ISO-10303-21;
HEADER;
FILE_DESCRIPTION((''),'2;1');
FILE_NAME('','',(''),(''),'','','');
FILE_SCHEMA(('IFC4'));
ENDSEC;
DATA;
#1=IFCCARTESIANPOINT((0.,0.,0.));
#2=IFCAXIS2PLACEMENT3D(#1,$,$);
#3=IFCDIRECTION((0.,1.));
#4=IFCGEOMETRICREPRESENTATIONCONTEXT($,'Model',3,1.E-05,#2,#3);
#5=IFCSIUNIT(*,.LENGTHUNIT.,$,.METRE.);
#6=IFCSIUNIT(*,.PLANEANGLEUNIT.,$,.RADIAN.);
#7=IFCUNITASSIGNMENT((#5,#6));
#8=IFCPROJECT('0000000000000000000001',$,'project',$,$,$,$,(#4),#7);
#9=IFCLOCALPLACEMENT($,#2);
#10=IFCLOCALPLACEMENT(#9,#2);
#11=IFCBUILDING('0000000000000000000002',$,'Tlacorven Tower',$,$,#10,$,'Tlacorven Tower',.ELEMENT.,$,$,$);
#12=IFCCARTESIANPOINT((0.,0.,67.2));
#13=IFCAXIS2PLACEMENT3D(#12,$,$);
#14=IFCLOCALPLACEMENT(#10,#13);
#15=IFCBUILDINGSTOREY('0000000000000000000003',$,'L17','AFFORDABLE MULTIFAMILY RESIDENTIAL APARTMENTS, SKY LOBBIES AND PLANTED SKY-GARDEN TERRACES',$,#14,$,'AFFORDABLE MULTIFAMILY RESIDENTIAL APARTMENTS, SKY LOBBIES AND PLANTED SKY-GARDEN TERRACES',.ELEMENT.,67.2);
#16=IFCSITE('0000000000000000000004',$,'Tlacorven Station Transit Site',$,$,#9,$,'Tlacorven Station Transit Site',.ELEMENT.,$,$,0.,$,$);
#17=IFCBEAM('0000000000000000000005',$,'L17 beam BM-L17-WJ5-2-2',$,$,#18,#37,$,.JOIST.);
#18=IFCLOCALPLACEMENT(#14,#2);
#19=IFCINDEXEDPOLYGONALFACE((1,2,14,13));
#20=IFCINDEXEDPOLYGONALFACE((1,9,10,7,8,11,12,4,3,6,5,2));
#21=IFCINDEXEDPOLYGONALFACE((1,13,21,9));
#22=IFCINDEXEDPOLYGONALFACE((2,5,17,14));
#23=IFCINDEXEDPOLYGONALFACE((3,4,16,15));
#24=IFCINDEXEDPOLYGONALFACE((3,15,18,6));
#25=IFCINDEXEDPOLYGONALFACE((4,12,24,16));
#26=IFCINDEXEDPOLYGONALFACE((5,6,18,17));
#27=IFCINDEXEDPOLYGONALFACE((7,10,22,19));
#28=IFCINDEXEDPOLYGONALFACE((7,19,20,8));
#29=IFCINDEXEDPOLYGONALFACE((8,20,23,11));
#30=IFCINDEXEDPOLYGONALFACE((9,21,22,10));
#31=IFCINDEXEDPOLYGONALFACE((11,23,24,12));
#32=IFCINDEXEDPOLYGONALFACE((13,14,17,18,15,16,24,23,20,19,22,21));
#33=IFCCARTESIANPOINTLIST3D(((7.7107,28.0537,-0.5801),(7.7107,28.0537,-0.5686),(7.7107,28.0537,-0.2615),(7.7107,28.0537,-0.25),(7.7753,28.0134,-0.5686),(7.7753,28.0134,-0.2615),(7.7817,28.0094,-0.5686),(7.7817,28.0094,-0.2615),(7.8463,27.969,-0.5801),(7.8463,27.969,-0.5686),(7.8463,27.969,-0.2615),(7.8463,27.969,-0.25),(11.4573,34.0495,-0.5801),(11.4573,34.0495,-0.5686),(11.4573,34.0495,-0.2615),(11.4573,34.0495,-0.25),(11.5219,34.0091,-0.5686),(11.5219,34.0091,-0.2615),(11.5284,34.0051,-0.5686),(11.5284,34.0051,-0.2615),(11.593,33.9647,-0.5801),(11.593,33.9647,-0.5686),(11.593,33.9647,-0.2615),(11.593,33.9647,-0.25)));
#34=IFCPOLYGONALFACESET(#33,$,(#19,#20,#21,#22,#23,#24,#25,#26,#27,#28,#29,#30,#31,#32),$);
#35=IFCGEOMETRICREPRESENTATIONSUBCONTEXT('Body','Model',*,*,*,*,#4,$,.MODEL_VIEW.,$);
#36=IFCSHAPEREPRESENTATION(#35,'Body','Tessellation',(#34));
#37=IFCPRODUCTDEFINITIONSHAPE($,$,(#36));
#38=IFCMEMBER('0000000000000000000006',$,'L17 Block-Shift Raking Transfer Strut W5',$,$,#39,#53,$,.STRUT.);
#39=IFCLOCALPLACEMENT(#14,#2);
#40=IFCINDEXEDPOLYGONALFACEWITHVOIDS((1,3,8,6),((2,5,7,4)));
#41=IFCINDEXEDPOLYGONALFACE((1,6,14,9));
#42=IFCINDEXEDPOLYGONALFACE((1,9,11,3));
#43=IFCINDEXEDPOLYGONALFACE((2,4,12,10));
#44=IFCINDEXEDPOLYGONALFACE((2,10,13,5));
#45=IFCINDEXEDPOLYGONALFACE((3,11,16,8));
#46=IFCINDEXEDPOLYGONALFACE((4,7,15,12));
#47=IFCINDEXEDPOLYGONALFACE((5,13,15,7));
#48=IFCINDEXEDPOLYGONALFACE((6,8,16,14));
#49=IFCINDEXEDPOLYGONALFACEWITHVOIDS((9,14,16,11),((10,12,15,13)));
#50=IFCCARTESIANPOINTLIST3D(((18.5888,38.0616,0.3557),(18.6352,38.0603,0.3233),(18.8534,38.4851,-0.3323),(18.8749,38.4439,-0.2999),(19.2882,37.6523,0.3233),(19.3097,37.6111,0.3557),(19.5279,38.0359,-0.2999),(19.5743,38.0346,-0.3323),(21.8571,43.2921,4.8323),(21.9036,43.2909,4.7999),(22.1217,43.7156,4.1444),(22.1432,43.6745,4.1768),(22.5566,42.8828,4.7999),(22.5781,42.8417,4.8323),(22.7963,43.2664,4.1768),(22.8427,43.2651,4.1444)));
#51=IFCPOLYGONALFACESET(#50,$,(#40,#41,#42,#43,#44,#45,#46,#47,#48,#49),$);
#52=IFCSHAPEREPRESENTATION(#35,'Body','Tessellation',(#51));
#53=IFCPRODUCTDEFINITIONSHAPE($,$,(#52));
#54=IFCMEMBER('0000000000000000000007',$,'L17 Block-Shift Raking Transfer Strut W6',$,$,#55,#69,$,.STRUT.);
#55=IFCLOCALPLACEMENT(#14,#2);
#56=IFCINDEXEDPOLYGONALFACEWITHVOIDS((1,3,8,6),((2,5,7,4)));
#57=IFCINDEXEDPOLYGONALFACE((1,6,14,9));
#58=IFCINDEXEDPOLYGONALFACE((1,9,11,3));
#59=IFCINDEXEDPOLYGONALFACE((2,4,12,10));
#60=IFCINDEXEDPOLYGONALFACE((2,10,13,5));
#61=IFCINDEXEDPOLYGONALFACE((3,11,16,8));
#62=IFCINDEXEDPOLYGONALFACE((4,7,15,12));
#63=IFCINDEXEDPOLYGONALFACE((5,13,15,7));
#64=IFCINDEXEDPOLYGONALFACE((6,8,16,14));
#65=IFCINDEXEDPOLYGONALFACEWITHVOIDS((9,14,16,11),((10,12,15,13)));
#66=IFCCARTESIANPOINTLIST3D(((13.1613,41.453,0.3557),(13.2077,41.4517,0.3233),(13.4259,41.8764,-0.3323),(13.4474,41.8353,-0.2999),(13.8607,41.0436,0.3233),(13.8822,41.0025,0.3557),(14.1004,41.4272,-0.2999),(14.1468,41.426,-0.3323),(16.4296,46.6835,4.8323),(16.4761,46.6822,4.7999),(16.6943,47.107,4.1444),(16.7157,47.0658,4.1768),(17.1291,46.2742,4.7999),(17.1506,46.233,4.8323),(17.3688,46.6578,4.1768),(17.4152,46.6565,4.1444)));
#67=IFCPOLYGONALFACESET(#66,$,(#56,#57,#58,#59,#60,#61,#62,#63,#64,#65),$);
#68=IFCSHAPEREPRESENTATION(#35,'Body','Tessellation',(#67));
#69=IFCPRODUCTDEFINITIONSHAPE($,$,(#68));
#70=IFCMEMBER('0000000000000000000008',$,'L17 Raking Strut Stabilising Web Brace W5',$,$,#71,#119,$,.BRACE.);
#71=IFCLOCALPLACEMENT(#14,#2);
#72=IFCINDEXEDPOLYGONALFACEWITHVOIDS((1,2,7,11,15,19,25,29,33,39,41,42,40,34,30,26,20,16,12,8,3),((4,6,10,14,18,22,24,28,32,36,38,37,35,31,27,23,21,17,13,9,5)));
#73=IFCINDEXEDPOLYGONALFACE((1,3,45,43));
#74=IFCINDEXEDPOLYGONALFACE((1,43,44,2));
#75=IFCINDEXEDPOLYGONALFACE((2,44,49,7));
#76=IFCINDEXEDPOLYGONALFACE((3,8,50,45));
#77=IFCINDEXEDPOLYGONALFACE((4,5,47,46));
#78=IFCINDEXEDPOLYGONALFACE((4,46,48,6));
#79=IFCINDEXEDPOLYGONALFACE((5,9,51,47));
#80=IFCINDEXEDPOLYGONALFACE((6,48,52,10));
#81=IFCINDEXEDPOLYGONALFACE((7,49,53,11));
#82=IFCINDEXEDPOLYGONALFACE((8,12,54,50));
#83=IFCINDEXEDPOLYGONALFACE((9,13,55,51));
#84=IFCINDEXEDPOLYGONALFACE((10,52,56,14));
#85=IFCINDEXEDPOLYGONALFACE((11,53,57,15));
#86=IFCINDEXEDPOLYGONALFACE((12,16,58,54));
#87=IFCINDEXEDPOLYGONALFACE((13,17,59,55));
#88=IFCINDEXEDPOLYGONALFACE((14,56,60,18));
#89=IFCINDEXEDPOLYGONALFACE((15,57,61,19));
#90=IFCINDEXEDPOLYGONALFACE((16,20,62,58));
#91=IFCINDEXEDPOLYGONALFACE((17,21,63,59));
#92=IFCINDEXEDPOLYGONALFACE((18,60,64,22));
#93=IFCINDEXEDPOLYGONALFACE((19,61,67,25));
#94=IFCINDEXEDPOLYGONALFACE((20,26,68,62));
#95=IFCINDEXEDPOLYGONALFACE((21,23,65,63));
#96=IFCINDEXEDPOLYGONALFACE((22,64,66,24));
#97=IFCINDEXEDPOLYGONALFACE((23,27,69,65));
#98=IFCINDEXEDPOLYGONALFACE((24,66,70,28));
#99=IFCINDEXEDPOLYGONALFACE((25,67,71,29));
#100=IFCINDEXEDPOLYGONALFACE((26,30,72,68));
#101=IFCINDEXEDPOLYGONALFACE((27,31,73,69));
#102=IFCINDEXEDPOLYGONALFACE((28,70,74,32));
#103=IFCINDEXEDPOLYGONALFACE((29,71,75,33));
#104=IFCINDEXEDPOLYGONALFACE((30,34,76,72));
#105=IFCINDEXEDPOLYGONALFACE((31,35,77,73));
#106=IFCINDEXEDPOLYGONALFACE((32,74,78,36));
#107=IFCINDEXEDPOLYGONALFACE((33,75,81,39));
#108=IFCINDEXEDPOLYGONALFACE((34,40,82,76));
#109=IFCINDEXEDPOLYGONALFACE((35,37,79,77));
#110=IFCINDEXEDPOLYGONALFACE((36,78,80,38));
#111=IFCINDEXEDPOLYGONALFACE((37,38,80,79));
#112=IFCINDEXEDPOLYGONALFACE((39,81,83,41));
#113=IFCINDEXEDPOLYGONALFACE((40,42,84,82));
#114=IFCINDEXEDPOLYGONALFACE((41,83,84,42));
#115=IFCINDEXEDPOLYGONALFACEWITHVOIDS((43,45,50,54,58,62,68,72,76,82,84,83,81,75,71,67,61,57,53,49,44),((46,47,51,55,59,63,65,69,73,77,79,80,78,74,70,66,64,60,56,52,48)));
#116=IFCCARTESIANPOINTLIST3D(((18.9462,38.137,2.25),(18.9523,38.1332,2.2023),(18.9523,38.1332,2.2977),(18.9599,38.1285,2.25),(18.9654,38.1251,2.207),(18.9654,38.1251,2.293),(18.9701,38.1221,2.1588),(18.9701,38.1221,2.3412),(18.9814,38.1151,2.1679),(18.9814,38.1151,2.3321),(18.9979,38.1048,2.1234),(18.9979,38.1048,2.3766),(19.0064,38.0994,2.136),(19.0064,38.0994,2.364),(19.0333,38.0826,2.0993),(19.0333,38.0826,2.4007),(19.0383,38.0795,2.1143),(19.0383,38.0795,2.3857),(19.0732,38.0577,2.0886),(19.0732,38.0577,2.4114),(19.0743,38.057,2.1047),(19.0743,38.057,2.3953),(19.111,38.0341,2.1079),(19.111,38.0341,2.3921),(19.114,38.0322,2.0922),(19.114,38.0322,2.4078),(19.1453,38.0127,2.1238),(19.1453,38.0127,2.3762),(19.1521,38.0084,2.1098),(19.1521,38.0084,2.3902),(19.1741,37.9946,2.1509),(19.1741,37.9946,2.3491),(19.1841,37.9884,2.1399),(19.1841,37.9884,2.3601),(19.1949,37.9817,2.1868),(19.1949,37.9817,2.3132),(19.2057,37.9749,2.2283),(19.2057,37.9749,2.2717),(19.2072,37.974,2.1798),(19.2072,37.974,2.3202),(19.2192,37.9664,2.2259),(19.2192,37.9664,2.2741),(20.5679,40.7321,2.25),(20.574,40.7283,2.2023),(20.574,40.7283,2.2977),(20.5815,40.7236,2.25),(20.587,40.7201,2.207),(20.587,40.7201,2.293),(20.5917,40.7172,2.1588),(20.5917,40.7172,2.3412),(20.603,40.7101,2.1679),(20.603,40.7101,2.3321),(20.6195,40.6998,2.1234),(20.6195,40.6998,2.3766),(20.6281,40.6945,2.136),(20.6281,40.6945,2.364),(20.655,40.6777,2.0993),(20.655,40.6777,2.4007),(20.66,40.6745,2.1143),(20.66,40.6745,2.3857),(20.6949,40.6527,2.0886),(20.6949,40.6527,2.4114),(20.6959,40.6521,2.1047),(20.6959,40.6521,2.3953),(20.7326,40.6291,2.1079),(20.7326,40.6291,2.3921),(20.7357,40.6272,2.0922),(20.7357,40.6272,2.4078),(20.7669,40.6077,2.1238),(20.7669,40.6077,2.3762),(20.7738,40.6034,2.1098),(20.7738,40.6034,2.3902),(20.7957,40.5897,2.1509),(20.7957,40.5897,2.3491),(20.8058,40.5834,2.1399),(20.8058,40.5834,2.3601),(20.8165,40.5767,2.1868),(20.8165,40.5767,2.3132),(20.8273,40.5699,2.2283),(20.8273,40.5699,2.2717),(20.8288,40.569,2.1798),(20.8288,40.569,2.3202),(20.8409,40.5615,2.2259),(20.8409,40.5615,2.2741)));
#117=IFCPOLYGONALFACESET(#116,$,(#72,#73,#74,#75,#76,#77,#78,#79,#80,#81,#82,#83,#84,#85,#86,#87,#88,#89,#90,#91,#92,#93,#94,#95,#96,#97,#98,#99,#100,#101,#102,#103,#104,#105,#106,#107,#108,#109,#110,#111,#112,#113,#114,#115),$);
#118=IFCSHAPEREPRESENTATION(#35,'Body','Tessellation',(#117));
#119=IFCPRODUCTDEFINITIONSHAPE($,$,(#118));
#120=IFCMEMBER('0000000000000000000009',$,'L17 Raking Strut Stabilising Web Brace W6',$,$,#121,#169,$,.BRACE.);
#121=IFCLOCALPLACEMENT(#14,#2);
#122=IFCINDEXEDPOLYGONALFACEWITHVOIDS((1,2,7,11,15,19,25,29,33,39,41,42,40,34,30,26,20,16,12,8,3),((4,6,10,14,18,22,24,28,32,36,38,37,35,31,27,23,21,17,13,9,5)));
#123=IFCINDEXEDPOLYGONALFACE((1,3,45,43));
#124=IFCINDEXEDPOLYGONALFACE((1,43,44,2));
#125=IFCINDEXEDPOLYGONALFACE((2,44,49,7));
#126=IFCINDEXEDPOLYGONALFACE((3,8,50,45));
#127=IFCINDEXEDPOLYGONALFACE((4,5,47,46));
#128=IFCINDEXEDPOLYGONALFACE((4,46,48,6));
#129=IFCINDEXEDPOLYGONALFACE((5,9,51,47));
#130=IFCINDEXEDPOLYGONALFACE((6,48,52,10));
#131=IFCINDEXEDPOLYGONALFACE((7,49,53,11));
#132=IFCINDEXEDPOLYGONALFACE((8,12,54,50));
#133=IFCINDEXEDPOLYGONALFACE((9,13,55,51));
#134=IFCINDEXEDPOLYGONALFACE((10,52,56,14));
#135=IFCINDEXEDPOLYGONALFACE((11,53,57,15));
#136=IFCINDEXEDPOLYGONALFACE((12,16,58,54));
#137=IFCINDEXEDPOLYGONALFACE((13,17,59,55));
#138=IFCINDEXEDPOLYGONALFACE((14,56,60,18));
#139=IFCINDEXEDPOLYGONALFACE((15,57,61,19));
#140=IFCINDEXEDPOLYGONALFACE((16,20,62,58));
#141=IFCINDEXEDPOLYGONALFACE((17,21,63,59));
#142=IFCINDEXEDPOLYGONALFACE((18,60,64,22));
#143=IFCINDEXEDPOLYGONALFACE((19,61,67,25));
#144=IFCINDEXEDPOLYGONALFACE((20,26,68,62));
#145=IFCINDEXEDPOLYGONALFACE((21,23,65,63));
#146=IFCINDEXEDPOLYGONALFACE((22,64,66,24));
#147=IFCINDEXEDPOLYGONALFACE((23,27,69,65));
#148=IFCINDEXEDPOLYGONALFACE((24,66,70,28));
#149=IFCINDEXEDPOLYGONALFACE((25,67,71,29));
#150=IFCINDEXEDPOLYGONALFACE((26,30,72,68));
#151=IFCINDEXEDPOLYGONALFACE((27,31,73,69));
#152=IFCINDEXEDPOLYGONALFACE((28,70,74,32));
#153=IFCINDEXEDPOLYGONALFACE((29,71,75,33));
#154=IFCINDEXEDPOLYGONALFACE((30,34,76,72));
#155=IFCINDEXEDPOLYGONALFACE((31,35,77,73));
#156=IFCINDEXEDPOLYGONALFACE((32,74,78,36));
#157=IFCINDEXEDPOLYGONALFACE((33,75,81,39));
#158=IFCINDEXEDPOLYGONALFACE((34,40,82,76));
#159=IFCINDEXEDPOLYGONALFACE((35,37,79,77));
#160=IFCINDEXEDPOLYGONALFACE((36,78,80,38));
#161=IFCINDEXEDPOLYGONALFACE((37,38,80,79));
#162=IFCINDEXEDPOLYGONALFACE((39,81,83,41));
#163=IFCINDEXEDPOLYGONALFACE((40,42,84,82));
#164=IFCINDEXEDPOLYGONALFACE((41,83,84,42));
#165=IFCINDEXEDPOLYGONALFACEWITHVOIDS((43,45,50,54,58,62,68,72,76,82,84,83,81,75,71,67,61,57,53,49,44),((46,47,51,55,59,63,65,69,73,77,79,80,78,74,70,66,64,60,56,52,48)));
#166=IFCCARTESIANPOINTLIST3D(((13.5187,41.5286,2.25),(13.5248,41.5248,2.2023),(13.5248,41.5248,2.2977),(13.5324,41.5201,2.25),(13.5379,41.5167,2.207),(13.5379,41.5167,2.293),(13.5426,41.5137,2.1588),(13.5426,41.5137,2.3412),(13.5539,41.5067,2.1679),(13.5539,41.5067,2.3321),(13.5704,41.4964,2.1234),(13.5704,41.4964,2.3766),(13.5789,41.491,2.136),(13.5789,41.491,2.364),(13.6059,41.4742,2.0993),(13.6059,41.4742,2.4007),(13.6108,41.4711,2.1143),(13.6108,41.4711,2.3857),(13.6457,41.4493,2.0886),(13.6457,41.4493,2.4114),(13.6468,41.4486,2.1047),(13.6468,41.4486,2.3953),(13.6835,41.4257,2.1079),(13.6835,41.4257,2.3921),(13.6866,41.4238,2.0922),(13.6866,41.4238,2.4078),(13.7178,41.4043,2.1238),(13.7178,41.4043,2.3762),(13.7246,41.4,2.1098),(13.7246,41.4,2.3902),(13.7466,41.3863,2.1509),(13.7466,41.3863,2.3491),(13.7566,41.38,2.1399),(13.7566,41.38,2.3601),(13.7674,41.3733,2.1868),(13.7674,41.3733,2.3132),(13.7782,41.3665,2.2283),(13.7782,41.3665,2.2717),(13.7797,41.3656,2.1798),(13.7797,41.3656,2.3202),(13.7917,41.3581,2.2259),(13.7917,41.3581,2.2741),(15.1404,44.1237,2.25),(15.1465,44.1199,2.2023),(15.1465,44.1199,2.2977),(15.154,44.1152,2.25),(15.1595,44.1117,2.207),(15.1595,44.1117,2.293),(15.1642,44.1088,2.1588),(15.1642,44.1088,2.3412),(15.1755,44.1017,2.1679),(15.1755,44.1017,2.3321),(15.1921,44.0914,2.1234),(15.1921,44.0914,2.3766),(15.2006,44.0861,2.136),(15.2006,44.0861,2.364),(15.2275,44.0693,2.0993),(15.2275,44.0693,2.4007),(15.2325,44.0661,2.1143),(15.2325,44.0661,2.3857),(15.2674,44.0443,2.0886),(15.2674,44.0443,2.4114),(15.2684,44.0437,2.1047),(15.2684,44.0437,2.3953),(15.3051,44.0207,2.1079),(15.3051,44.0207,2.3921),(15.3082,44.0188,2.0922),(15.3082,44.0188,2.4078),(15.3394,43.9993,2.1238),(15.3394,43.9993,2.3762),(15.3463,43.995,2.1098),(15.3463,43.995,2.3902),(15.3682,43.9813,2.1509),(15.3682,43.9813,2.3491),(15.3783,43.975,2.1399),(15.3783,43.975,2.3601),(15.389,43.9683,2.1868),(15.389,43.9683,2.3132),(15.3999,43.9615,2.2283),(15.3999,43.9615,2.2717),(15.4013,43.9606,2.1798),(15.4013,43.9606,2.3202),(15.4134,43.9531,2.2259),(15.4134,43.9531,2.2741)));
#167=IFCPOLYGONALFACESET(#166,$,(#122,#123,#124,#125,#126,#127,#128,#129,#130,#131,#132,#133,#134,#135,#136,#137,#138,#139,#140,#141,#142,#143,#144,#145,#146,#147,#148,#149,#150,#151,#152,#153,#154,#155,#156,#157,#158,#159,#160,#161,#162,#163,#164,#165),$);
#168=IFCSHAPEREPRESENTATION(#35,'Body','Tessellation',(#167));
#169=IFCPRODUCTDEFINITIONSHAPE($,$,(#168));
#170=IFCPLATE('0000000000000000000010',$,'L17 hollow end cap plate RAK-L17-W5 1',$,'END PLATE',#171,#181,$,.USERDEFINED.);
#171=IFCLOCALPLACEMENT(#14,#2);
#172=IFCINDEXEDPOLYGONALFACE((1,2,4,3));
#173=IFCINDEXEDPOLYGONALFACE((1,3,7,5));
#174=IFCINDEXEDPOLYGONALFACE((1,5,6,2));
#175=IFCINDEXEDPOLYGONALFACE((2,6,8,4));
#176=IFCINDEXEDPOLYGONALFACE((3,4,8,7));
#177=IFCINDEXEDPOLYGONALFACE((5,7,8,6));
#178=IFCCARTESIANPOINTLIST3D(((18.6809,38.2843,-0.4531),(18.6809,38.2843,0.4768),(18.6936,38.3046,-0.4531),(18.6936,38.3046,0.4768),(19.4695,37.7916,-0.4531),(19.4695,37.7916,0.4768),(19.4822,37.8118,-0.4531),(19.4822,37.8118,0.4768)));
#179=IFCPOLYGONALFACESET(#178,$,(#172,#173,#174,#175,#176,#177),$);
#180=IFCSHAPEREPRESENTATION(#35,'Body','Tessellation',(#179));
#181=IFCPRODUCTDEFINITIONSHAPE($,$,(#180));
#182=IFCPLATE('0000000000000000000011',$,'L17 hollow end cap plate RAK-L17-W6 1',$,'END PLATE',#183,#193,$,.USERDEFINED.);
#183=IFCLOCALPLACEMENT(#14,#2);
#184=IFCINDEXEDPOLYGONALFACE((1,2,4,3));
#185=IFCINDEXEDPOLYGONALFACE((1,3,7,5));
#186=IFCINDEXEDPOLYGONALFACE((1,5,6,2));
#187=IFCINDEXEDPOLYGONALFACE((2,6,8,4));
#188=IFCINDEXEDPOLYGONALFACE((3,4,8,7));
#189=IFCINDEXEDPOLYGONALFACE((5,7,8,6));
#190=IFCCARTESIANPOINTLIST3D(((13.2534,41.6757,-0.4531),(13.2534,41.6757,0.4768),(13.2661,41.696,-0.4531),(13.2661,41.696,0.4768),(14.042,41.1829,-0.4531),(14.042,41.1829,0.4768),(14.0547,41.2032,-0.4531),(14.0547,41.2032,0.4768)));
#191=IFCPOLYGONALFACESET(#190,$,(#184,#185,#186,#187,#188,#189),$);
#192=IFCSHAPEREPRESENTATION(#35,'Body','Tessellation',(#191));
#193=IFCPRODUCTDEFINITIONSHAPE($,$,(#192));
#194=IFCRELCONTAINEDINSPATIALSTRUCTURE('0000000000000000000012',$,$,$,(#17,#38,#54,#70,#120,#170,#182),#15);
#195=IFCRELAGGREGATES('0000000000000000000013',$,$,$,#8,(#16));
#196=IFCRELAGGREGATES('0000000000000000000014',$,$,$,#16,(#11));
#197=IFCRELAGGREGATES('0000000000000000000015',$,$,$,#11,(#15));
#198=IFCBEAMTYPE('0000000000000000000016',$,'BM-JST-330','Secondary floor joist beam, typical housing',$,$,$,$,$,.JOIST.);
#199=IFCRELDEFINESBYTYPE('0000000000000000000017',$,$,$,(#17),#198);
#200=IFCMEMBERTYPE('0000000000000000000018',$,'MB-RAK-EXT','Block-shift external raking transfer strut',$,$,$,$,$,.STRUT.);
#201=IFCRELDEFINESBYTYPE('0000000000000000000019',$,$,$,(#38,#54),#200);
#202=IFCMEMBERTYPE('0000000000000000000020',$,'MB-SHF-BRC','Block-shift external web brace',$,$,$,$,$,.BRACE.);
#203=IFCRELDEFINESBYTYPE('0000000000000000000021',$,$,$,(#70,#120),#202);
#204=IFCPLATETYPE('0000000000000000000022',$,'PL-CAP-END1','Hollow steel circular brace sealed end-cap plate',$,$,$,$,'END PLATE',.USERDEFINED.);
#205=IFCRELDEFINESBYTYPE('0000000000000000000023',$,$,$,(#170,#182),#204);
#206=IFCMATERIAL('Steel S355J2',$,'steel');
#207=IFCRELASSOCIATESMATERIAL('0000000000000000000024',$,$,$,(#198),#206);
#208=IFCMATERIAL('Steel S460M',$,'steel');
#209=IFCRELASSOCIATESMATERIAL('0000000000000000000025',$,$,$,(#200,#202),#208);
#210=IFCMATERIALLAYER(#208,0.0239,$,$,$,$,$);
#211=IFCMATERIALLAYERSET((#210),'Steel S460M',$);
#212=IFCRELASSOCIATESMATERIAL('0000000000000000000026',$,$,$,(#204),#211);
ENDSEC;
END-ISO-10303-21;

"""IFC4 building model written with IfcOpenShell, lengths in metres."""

from ifc_helpers import new_model, si_unit, direction, frame, origin, origin_2d, place, context, subcontext, project, spatial, rectangle, hollow_rectangle, hollow_circle, i_section, extrude, source, transform, mapped, material, layer, layer_set, material_profile, profile_set, type_object, element, save


model = new_model("IFC4")

# Units and contexts
model_context = context("Model", 3, precision=1e-05, world=origin(), true_north=direction((0.0, 1.0)))
body_context = subcontext(model_context, "Body", "Model", "MODEL_VIEW")
ifc_project = project(units=[si_unit("LENGTHUNIT", "METRE"), si_unit("PLANEANGLEUNIT", "RADIAN")], contexts=[model_context])

# Site, building, storey
site_placement = place(None, origin())
site = spatial("IfcSite", under=ifc_project, at=site_placement, Name="Tlacorven Station Transit Site", LongName="Tlacorven Station Transit Site", CompositionType="ELEMENT", RefElevation=0.0)
building_placement = place(site_placement, origin())
building = spatial("IfcBuilding", under=site, at=building_placement, Name="Tlacorven Tower", LongName="Tlacorven Tower", CompositionType="ELEMENT")
storey_placement = place(building_placement, frame((0.0, 0.0, 67.2)))
storey = spatial("IfcBuildingStorey", under=building, at=storey_placement, Name="L17", Description="AFFORDABLE MULTIFAMILY RESIDENTIAL APARTMENTS, SKY LOBBIES AND PLANTED SKY-GARDEN TERRACES", LongName="AFFORDABLE MULTIFAMILY RESIDENTIAL APARTMENTS, SKY LOBBIES AND PLANTED SKY-GARDEN TERRACES", CompositionType="ELEMENT", Elevation=67.2)

# Shared definitions
ifc_material_1 = material(Name="Steel S460M", Category="steel")

# Beam
ifc_material_2 = material(Name="Steel S355J2", Category="steel")
ifc_material_profile_1 = material_profile(ifc_material_2, i_section(OverallWidth=0.1599, OverallDepth=0.3301, WebThickness=0.0076, FlangeThickness=0.0115, at=origin_2d()), Name="IPE 330")
ifc_profile_set_1 = profile_set([ifc_material_profile_1], Name="Steel S355J2")
beam_type_1 = type_object("IfcBeamType", Name="BM-JST-330", Description="Secondary floor joist beam, typical housing", PredefinedType="JOIST", material=ifc_profile_set_1)
shared_shape_1 = source(origin(), body_context, "Body", "SweptSolid", [
    extrude(i_section(OverallWidth=0.1599, OverallDepth=0.3301, WebThickness=0.0076, FlangeThickness=0.0115, at=origin_2d()), origin(), (0.0, 0.0, 1.0), 7.0701),
])
beam_1_placement = place(storey_placement, frame((11.5251, 34.0071, -0.415), z_axis=(-0.529931, -0.848041, 0.0), x_axis=(0.848041, -0.529931, 0.0)))
element("IfcBeam", 1, at=beam_1_placement, inside=storey, type_object=beam_type_1, Name="L17 beam BM-L17-WJ5-2-2", PredefinedType="JOIST", context=body_context, shape_type="MappedRepresentation", body=[
    mapped(shared_shape_1, transform((0.0, 0.0, 0.0), scale=1.0)),
])

# Members
ifc_material_profile_2 = material_profile(ifc_material_1, hollow_rectangle(XDim=0.8501, YDim=0.8501, WallThickness=0.04, at=origin_2d()), Name="BOX 850X850X40")
ifc_profile_set_2 = profile_set([ifc_material_profile_2], Name="Steel S460M")
member_type_1 = type_object("IfcMemberType", Name="MB-RAK-EXT", Description="Block-shift external raking transfer strut", PredefinedType="STRUT", material=ifc_profile_set_2)
shared_shape_2 = source(origin(), body_context, "Body", "SweptSolid", [
    extrude(hollow_rectangle(XDim=0.8501, YDim=0.8501, WallThickness=0.04, at=origin_2d()), origin(), (0.0, 0.0, 1.0), 7.6211),
])
for number, where, z_axis, x_axis, name in (
    (2, (19.0815, 38.0481, 0.0117), (0.428857, 0.686325, 0.5874), (-0.848052, 0.529914, 0.0), "L17 Block-Shift Raking Transfer Strut W5"),
    (3, (13.6541, 41.4395, 0.0117), (0.428857, 0.686325, 0.5874), (-0.848052, 0.529914, 0.0), "L17 Block-Shift Raking Transfer Strut W6"),
):
    element("IfcMember", number, at=place(storey_placement, frame(where, z_axis=z_axis, x_axis=x_axis)), inside=storey, type_object=member_type_1, Name=name, PredefinedType="STRUT", context=body_context, shape_type="MappedRepresentation", body=[
        mapped(shared_shape_2, transform((0.0, 0.0, 0.0), scale=1.0)),
    ])
ifc_material_profile_3 = material_profile(ifc_material_1, hollow_circle(Radius=0.1619, WallThickness=0.0161, at=origin_2d()), Name="CHS 323.9X16")
ifc_profile_set_3 = profile_set([ifc_material_profile_3], Name="Steel S460M")
member_type_2 = type_object("IfcMemberType", Name="MB-SHF-BRC", Description="Block-shift external web brace", PredefinedType="BRACE", material=ifc_profile_set_3)
shared_shape_3 = source(origin(), body_context, "Body", "SweptSolid", [
    extrude(hollow_circle(Radius=0.1619, WallThickness=0.0161, at=origin_2d()), origin(), (0.0, 0.0, 1.0), 3.0601),
])
for number, where, z_axis, x_axis, name in (
    (4, (19.0835, 38.0513, 2.25), (0.529934, 0.848039, 0.0), (-0.848039, 0.529934, 0.0), "L17 Raking Strut Stabilising Web Brace W5"),
    (5, (13.656, 41.4429, 2.25), (0.529934, 0.848039, 0.0), (-0.848039, 0.529934, 0.0), "L17 Raking Strut Stabilising Web Brace W6"),
):
    element("IfcMember", number, at=place(storey_placement, frame(where, z_axis=z_axis, x_axis=x_axis)), inside=storey, type_object=member_type_2, Name=name, PredefinedType="BRACE", context=body_context, shape_type="MappedRepresentation", body=[
        mapped(shared_shape_3, transform((0.0, 0.0, 0.0), scale=1.0)),
    ])

# Plates
ifc_layer_1 = layer(ifc_material_1, 0.0239)
ifc_layer_set_1 = layer_set([ifc_layer_1], Name="Steel S460M")
plate_type_1 = type_object("IfcPlateType", Name="PL-CAP-END1", Description="Hollow steel circular brace sealed end-cap plate", ElementType="END PLATE", PredefinedType="USERDEFINED", material=ifc_layer_set_1)
shared_shape_4 = source(origin(), body_context, "Body", "SweptSolid", [
    extrude(rectangle(XDim=0.0239, YDim=0.9299, at=origin_2d()), origin(), (0.0, 0.0, 1.0), 0.9299),
])
for number, where, z_axis, x_axis, name in (
    (6, (19.0815, 38.0481, -0.4531), (0.0, 0.0, 1.0), (0.529919, 0.848048, 0.0), "L17 hollow end cap plate RAK-L17-W5 1"),
    (7, (13.6541, 41.4395, -0.4531), (0.0, 0.0, 1.0), (0.529919, 0.848048, 0.0), "L17 hollow end cap plate RAK-L17-W6 1"),
):
    element("IfcPlate", number, at=place(storey_placement, frame(where, z_axis=z_axis, x_axis=x_axis)), inside=storey, type_object=plate_type_1, Name=name, ObjectType="END PLATE", PredefinedType="USERDEFINED", context=body_context, shape_type="MappedRepresentation", body=[
        mapped(shared_shape_4, transform((0.0, 0.0, 0.0), scale=1.0)),
    ])

save(model, "model.ifc")
